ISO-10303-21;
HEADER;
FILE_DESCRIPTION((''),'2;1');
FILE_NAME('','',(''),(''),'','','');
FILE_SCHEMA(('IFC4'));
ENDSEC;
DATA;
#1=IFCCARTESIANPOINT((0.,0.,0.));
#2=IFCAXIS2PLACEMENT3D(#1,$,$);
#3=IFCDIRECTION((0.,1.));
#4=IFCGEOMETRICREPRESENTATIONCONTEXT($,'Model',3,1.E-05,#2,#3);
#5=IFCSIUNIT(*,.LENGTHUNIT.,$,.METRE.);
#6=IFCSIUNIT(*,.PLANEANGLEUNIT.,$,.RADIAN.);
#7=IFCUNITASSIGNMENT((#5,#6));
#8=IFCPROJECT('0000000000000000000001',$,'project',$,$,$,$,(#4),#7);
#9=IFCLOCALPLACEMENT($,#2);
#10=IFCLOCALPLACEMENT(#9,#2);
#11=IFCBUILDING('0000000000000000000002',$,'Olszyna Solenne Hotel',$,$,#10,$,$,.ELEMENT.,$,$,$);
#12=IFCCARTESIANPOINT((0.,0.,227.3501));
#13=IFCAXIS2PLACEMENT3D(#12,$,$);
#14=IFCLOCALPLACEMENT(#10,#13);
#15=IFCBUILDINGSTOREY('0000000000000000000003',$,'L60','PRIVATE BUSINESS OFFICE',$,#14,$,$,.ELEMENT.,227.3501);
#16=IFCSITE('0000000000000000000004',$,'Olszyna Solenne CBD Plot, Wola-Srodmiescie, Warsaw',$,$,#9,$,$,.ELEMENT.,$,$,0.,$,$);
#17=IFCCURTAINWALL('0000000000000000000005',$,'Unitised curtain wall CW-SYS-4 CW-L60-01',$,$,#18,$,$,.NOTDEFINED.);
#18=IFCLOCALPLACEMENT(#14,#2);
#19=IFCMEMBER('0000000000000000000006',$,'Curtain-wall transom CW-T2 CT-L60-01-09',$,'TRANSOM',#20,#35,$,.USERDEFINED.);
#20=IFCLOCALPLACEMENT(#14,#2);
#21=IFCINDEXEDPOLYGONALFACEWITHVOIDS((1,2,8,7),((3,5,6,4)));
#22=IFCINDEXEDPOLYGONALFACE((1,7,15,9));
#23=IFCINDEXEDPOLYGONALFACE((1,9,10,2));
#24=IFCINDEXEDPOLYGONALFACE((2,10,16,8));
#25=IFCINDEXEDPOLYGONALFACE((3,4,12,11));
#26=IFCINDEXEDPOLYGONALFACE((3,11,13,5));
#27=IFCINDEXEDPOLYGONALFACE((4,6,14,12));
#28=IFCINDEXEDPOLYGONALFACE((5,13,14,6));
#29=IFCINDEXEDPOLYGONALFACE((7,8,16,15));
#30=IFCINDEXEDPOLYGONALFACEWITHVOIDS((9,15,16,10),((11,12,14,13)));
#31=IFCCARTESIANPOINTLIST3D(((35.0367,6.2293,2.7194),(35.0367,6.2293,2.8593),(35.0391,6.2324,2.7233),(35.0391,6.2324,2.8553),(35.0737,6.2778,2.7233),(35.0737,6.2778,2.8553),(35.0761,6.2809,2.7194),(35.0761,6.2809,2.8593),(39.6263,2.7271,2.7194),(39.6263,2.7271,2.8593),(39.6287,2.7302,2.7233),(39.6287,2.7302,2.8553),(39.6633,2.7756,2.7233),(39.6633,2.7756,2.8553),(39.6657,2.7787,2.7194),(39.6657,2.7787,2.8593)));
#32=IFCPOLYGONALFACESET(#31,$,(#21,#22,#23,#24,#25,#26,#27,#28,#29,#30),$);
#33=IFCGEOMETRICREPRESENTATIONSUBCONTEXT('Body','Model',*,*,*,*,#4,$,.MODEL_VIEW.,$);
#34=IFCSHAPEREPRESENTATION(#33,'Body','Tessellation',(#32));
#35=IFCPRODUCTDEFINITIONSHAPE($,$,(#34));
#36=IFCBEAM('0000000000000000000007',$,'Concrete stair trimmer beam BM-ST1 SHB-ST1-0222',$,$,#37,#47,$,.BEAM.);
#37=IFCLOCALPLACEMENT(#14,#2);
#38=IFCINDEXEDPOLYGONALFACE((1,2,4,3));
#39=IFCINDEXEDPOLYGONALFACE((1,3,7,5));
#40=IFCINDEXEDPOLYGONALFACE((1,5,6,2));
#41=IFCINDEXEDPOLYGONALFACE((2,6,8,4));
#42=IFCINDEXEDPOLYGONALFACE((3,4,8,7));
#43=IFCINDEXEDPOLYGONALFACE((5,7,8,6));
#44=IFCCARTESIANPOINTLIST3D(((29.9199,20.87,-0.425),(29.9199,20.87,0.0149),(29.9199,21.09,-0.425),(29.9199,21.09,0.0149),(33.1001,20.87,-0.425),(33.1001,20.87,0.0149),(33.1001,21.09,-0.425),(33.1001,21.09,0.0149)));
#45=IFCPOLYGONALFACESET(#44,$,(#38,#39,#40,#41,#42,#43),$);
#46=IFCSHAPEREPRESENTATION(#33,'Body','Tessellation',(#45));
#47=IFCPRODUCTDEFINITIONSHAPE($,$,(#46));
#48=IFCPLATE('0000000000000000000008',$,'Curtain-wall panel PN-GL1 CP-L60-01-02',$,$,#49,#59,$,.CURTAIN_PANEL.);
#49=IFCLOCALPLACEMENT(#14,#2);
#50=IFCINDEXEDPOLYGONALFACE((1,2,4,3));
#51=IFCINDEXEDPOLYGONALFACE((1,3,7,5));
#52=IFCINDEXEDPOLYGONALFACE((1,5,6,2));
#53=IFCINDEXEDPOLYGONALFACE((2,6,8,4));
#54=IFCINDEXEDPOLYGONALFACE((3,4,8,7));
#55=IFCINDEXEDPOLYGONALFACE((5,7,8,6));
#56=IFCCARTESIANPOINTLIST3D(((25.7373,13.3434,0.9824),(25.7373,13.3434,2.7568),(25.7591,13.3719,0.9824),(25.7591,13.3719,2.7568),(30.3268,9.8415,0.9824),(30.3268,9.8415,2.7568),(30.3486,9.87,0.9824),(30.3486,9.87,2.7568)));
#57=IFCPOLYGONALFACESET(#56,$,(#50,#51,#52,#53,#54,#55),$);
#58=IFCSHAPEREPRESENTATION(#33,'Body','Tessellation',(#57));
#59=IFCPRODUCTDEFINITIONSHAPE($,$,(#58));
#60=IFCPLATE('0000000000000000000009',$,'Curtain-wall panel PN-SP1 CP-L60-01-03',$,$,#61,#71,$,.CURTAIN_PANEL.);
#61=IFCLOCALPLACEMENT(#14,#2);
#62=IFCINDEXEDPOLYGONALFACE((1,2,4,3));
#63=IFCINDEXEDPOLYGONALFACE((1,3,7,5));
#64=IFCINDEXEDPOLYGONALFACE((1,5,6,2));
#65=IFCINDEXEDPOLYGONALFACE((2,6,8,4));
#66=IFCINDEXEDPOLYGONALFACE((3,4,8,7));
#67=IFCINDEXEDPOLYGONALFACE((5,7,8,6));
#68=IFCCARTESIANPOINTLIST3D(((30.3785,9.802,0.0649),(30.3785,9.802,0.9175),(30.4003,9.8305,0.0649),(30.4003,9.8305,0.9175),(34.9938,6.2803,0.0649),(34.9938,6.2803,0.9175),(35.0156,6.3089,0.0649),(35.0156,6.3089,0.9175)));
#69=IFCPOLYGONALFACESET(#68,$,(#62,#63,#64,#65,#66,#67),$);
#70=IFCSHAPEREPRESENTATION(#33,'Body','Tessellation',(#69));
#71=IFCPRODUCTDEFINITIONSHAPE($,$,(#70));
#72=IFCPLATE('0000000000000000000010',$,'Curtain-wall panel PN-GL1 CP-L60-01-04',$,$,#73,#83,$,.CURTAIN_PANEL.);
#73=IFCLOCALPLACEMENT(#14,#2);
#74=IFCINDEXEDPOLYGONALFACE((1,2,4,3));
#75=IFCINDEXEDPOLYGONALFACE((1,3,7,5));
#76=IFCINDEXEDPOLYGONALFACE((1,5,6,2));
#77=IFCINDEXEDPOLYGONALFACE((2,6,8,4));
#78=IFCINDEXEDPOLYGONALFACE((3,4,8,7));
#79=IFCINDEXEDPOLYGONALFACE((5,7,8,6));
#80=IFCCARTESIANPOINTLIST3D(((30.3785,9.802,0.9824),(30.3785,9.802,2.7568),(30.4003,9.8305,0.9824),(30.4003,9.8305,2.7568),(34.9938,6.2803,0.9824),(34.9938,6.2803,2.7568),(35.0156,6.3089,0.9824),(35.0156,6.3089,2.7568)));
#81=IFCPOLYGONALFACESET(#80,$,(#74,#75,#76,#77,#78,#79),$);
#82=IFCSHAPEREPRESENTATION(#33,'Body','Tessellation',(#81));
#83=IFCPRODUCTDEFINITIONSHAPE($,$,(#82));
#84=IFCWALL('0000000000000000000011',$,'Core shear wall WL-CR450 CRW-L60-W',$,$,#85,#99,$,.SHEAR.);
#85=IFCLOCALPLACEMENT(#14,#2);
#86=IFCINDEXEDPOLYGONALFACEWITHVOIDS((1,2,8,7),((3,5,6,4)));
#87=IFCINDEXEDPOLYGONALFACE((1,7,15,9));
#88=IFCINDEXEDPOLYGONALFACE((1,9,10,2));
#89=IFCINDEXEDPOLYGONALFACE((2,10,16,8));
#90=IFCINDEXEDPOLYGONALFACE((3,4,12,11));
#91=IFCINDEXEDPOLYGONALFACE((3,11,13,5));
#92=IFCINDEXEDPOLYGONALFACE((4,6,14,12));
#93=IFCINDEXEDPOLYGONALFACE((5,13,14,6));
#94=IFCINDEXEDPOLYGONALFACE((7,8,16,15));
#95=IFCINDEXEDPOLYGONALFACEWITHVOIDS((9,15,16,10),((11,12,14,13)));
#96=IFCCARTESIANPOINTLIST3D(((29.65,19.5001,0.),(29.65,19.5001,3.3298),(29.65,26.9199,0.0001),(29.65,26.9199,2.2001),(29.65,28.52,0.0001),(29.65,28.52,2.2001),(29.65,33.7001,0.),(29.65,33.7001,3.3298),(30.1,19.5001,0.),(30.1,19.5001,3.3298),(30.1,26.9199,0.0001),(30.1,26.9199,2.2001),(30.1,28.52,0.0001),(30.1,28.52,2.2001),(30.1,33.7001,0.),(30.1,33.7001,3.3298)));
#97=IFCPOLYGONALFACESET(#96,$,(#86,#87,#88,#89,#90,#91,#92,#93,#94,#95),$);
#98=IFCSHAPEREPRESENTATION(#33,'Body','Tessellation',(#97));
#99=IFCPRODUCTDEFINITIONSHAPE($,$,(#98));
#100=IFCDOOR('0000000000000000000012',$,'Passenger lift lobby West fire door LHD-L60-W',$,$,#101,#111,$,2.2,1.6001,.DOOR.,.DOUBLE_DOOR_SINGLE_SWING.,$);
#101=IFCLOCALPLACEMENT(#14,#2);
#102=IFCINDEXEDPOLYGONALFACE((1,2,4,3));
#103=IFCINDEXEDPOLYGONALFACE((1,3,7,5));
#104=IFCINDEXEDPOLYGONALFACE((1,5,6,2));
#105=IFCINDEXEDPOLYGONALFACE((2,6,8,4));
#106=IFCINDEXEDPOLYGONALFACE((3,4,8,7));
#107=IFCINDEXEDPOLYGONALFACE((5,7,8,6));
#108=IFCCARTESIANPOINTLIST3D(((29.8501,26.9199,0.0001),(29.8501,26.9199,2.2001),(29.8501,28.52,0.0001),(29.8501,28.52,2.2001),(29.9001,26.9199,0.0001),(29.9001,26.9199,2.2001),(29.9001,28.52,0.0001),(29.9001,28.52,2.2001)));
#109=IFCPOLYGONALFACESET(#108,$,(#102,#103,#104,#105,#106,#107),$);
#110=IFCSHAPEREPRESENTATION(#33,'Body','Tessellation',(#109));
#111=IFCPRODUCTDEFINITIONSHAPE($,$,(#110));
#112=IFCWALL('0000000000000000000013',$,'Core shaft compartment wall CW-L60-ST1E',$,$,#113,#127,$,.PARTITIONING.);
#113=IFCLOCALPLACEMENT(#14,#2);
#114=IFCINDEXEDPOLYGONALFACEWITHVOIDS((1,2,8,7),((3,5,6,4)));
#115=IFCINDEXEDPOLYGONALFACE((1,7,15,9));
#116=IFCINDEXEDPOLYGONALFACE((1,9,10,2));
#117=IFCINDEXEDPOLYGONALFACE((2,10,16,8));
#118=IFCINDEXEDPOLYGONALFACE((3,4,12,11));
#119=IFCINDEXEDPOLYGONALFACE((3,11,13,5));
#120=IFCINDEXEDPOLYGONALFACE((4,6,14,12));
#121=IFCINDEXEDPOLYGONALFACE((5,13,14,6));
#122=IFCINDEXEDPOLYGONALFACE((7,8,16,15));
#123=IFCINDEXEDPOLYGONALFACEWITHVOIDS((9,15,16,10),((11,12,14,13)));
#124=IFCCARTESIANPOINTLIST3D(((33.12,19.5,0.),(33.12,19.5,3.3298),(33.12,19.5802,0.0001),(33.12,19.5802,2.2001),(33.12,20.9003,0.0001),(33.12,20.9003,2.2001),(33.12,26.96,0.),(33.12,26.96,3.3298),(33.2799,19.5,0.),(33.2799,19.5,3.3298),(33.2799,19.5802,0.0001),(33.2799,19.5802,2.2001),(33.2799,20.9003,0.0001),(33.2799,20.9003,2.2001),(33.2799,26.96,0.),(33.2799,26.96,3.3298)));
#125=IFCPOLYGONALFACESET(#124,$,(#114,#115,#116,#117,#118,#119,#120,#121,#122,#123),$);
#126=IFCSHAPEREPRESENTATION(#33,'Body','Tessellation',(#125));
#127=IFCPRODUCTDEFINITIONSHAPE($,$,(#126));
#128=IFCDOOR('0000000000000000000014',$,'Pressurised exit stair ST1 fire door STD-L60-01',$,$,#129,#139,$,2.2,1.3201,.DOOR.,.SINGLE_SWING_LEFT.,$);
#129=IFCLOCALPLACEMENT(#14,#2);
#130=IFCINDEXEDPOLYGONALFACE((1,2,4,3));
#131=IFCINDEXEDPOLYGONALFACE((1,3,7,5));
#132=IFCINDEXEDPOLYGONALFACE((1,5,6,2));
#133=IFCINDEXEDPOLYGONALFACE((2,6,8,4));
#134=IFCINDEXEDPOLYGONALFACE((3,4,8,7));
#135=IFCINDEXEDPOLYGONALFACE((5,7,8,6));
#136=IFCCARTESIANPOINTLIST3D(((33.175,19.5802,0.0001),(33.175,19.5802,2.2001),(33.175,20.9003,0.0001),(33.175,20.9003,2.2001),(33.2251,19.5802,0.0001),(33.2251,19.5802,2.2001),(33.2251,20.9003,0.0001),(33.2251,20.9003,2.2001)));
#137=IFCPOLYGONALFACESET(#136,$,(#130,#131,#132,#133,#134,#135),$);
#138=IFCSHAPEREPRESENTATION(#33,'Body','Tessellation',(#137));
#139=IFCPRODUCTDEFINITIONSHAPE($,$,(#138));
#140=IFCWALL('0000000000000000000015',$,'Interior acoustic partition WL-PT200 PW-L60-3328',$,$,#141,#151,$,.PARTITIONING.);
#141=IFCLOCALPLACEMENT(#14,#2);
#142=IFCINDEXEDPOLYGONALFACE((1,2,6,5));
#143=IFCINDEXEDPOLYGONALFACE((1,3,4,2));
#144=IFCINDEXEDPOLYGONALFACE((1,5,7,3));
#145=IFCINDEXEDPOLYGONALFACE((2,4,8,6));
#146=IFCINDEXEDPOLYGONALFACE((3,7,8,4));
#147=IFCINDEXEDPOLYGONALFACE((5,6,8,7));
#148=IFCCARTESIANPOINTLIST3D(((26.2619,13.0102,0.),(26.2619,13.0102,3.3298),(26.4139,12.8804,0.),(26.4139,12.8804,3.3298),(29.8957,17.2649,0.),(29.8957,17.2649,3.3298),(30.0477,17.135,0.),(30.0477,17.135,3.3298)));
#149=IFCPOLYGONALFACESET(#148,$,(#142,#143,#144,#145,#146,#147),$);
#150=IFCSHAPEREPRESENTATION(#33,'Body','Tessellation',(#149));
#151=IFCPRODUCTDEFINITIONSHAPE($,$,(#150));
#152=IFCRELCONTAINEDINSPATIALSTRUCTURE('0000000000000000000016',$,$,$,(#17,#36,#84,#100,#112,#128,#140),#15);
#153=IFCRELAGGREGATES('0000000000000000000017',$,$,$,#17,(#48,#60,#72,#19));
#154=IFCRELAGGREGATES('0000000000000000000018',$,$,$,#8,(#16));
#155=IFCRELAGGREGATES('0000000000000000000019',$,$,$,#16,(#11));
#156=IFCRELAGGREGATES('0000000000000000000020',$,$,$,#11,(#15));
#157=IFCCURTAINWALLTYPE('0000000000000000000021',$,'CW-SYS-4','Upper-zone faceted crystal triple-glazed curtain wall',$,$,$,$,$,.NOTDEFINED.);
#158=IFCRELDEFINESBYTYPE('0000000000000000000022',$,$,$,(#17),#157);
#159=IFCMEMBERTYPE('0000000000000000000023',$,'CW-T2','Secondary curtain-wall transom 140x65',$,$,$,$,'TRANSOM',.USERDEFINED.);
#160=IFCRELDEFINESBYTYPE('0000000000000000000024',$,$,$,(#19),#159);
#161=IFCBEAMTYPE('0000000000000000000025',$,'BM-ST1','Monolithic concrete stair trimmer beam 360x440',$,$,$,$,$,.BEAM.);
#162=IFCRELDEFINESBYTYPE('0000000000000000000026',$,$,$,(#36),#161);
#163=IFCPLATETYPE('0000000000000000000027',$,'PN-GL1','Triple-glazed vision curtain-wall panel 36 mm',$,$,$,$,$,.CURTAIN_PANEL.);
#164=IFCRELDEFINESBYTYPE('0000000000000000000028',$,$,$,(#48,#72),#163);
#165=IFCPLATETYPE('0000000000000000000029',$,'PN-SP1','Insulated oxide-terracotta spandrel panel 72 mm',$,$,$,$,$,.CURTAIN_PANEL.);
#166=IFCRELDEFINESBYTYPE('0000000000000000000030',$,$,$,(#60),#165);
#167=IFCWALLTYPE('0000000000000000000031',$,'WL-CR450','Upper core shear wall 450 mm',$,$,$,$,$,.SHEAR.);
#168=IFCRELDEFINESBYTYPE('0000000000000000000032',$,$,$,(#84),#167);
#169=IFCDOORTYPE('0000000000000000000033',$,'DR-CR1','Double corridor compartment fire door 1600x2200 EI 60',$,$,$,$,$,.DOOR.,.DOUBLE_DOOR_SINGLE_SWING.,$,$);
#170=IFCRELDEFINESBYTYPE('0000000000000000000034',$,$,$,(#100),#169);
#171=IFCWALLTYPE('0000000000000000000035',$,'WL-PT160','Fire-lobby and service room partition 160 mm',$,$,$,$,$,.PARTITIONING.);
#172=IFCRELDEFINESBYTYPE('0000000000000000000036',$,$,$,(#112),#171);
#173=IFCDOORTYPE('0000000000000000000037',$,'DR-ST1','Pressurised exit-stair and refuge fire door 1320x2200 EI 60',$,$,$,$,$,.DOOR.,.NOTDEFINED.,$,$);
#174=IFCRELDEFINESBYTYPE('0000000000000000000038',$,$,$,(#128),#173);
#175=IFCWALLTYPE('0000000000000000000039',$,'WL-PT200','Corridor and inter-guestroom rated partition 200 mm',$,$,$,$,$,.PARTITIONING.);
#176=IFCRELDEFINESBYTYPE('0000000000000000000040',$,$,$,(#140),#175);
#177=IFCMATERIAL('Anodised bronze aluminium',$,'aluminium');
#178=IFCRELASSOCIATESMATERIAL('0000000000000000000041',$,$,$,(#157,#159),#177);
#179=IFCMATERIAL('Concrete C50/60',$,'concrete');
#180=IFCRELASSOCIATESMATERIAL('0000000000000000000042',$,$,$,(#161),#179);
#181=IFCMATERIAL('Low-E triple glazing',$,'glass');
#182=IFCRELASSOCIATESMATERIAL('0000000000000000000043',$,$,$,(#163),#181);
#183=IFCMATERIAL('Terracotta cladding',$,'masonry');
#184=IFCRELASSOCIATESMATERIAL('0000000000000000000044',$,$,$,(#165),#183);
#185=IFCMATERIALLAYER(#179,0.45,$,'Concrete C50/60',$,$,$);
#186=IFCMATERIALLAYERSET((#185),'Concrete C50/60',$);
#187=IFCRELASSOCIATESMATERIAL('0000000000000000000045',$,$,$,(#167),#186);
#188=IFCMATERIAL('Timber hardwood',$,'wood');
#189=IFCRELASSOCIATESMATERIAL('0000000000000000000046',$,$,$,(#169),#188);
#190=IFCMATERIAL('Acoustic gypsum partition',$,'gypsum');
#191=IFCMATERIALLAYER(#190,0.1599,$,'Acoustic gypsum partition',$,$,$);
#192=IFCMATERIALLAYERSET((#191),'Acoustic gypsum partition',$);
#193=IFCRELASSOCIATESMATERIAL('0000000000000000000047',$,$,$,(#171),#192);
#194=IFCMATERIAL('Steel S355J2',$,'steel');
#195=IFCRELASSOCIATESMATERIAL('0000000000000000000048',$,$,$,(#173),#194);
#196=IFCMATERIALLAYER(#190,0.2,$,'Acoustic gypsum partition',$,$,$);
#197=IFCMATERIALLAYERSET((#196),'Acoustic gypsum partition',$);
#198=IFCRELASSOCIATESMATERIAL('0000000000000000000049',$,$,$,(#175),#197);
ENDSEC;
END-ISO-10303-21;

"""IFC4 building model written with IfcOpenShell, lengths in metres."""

from ifc_helpers import new_model, si_unit, direction, frame, frame_2d, origin, origin_2d, place, context, subcontext, project, spatial, rectangle, hollow_rectangle, extrude, source, transform, mapped, material, layer, layer_set, material_profile, profile_set, type_object, type_shapes, element, fill, aggregate, save


model = new_model("IFC4")

# Units and contexts
model_context = context("Model", 3, precision=1e-05, world=origin(), true_north=direction((0.0, 1.0)))
body_context = subcontext(model_context, "Body", "Model", "MODEL_VIEW")
ifc_project = project(units=[si_unit("LENGTHUNIT", "METRE"), si_unit("PLANEANGLEUNIT", "RADIAN")], contexts=[model_context])

# Site, building, storey
site_placement = place(None, origin())
site = spatial("IfcSite", under=ifc_project, at=site_placement, Name="Olszyna Solenne CBD Plot, Wola-Srodmiescie, Warsaw", CompositionType="ELEMENT", RefElevation=0.0)
building_placement = place(site_placement, origin())
building = spatial("IfcBuilding", under=site, at=building_placement, Name="Olszyna Solenne Hotel", CompositionType="ELEMENT")
storey_placement = place(building_placement, frame((0.0, 0.0, 227.3501)))
storey = spatial("IfcBuildingStorey", under=building, at=storey_placement, Name="L60", Description="PRIVATE BUSINESS OFFICE", CompositionType="ELEMENT", Elevation=227.3501)

# Shared definitions
ifc_material_1 = material(Name="Steel S355J2", Category="steel")

# Curtain wall, member
ifc_material_2 = material(Name="Anodised bronze aluminium", Category="aluminium")
curtain_wall_type = type_object("IfcCurtainWallType", Name="CW-SYS-4", Description="Upper-zone faceted crystal triple-glazed curtain wall", PredefinedType="NOTDEFINED", material=ifc_material_2)
curtain_wall_placement = place(storey_placement, origin())
curtain_wall = element("IfcCurtainWall", 1, at=curtain_wall_placement, inside=storey, type_object=curtain_wall_type, Name="Unitised curtain wall CW-SYS-4 CW-L60-01", PredefinedType="NOTDEFINED")
ifc_material_profile_1 = material_profile(ifc_material_2, hollow_rectangle(XDim=0.0649, YDim=0.1399, WallThickness=0.0039, at=origin_2d()), Name="TRAN 140x65x4", Category="load-bearing")
ifc_profile_set_1 = profile_set([ifc_material_profile_1], Name="Anodised bronze aluminium")
member_type_1 = type_object("IfcMemberType", Name="CW-T2", Description="Secondary curtain-wall transom 140x65", ElementType="TRANSOM", PredefinedType="USERDEFINED", material=ifc_profile_set_1)
shared_shape_1 = source(origin(), body_context, "Body", "SweptSolid", [
    extrude(hollow_rectangle(XDim=0.0649, YDim=0.1399, WallThickness=0.0039, at=origin_2d()), origin(), (0.0, 0.0, 1.0), 5.7732),
])
member_1_placement = place(storey_placement, frame((35.0564, 6.2551, 2.7893), z_axis=(0.794984, -0.60663, 0.0), x_axis=(0.60663, 0.794984, 0.0)))
member_1 = element("IfcMember", 2, at=member_1_placement, type_object=member_type_1, Name="Curtain-wall transom CW-T2 CT-L60-01-09", ObjectType="TRANSOM", PredefinedType="USERDEFINED", context=body_context, shape_type="MappedRepresentation", body=[
    mapped(shared_shape_1, transform((0.0, 0.0, 0.0), x_axis=(1.0, 0.0, 0.0), y_axis=(0.0, 1.0, 0.0), z_axis=(0.0, 0.0, 1.0), scale=1.0)),
])

# Beam
ifc_material_3 = material(Name="Concrete C50/60", Category="concrete")
ifc_material_profile_2 = material_profile(ifc_material_3, rectangle(XDim=0.22, YDim=0.4399, at=origin_2d()), Name="RC 220x440", Category="load-bearing")
ifc_profile_set_2 = profile_set([ifc_material_profile_2], Name="Concrete C50/60")
beam_type_1 = type_object("IfcBeamType", Name="BM-ST1", Description="Monolithic concrete stair trimmer beam 360x440", PredefinedType="BEAM", material=ifc_profile_set_2)
shared_shape_2 = source(origin(), body_context, "Body", "SweptSolid", [
    extrude(rectangle(XDim=0.22, YDim=0.4399, at=origin_2d()), origin(), (0.0, 0.0, 1.0), 3.1802),
])
beam_1_placement = place(storey_placement, frame((33.1001, 20.98, -0.2051), z_axis=(-1.0, 0.0, 0.0), x_axis=(0.0, -1.0, 0.0)))
element("IfcBeam", 3, at=beam_1_placement, inside=storey, type_object=beam_type_1, Name="Concrete stair trimmer beam BM-ST1 SHB-ST1-0222", PredefinedType="BEAM", context=body_context, shape_type="MappedRepresentation", body=[
    mapped(shared_shape_2, transform((0.0, 0.0, 0.0), x_axis=(1.0, 0.0, 0.0), y_axis=(0.0, 1.0, 0.0), z_axis=(0.0, 0.0, 1.0), scale=1.0)),
])

# Plates
ifc_material_4 = material(Name="Low-E triple glazing", Category="glass")
plate_type_1 = type_object("IfcPlateType", Name="PN-GL1", Description="Triple-glazed vision curtain-wall panel 36 mm", PredefinedType="CURTAIN_PANEL", material=ifc_material_4)
shared_shape_3 = source(origin(), body_context, "Body", "SweptSolid", [
    extrude(rectangle(XDim=5.7729, YDim=0.0359, at=origin_2d()), origin(), (0.0, 0.0, 1.0), 1.7744),
])
plate_1_placement = place(storey_placement, frame((28.043, 11.6067, 0.9824), z_axis=(0.0, 0.0, 1.0), x_axis=(0.794999, -0.606611, 0.0)))
plate_1 = element("IfcPlate", 4, at=plate_1_placement, type_object=plate_type_1, Name="Curtain-wall panel PN-GL1 CP-L60-01-02", PredefinedType="CURTAIN_PANEL", context=body_context, shape_type="MappedRepresentation", body=[
    mapped(shared_shape_3, transform((0.0, 0.0, 0.0), x_axis=(1.0, 0.0, 0.0), y_axis=(0.0, 1.0, 0.0), z_axis=(0.0, 0.0, 1.0), scale=1.0)),
])
ifc_material_5 = material(Name="Terracotta cladding", Category="masonry")
plate_type_2 = type_object("IfcPlateType", Name="PN-SP1", Description="Insulated oxide-terracotta spandrel panel 72 mm", PredefinedType="CURTAIN_PANEL", material=ifc_material_5)
shared_shape_4 = source(origin(), body_context, "Body", "SweptSolid", [
    extrude(rectangle(XDim=5.8054, YDim=0.0359, at=origin_2d()), origin(), (0.0, 0.0, 1.0), 0.8525),
])
plate_2_placement = place(storey_placement, frame((32.697, 8.0554, 0.0649), z_axis=(0.0, 0.0, 1.0), x_axis=(0.794999, -0.606611, 0.0)))
plate_2 = element("IfcPlate", 5, at=plate_2_placement, type_object=plate_type_2, Name="Curtain-wall panel PN-SP1 CP-L60-01-03", PredefinedType="CURTAIN_PANEL", context=body_context, shape_type="MappedRepresentation", body=[
    mapped(shared_shape_4, transform((0.0, 0.0, 0.0), x_axis=(1.0, 0.0, 0.0), y_axis=(0.0, 1.0, 0.0), z_axis=(0.0, 0.0, 1.0), scale=1.0)),
])
shared_shape_5 = source(origin(), body_context, "Body", "SweptSolid", [
    extrude(rectangle(XDim=5.8054, YDim=0.0359, at=origin_2d()), origin(), (0.0, 0.0, 1.0), 1.7744),
])
plate_3_placement = place(storey_placement, frame((32.697, 8.0554, 0.9824), z_axis=(0.0, 0.0, 1.0), x_axis=(0.794999, -0.606611, 0.0)))
plate_3 = element("IfcPlate", 6, at=plate_3_placement, type_object=plate_type_1, Name="Curtain-wall panel PN-GL1 CP-L60-01-04", PredefinedType="CURTAIN_PANEL", context=body_context, shape_type="MappedRepresentation", body=[
    mapped(shared_shape_5, transform((0.0, 0.0, 0.0), x_axis=(1.0, 0.0, 0.0), y_axis=(0.0, 1.0, 0.0), z_axis=(0.0, 0.0, 1.0), scale=1.0)),
])
aggregate(curtain_wall, [plate_1, plate_2, plate_3, member_1])

# Walls, openings, doors
ifc_layer_1 = layer(ifc_material_3, 0.45, Name="Concrete C50/60")
ifc_layer_set_1 = layer_set([ifc_layer_1], Name="Concrete C50/60")
wall_type_1 = type_object("IfcWallType", Name="WL-CR450", Description="Upper core shear wall 450 mm", PredefinedType="SHEAR", material=ifc_layer_set_1)
wall_1_placement = place(storey_placement, frame((29.875, 19.5, 0.0), z_axis=(0.0, 0.0, 1.0), x_axis=(0.0, 1.0, 0.0)))
wall_1 = element("IfcWall", 7, at=wall_1_placement, inside=storey, type_object=wall_type_1, Name="Core shear wall WL-CR450 CRW-L60-W", PredefinedType="SHEAR", context=body_context, shape_type="SweptSolid", body=[
    extrude(rectangle(XDim=14.2, YDim=0.45, at=frame_2d((7.1001, 0.0))), origin(), (0.0, 0.0, 1.0), 3.3298),
])
opening_1_placement = place(wall_1_placement, frame((7.4199, 0.0, 0.0)))
opening_1 = element("IfcOpeningElement", 8, at=opening_1_placement, cuts=wall_1, PredefinedType="OPENING", context=body_context, shape_type="SweptSolid", body=[
    extrude(rectangle(XDim=1.6001, YDim=2.2, at=frame_2d((0.8, 1.1001))), frame((0.0, 0.2349, 0.0), z_axis=(0.0, -1.0, 0.0), x_axis=(1.0, 0.0, 0.0)), (0.0, 0.0, 1.0), 0.47),
])
ifc_material_6 = material(Name="Timber hardwood", Category="wood")
door_type_1 = type_object("IfcDoorType", Name="DR-CR1", Description="Double corridor compartment fire door 1600x2200 EI 60", OperationType="DOUBLE_DOOR_SINGLE_SWING", PredefinedType="DOOR", material=ifc_material_6)
shared_shape_6 = source(origin(), body_context, "Body", "SweptSolid", [
    extrude(rectangle(XDim=1.6001, YDim=2.2, at=frame_2d((0.8, 1.1001))), frame((0.0, 0.0249, 0.0), z_axis=(0.0, -1.0, 0.0), x_axis=(1.0, 0.0, 0.0)), (0.0, 0.0, 1.0), 0.05),
])
type_shapes(door_type_1, [shared_shape_6])
door_1_placement = place(opening_1_placement, origin())
door_1 = element("IfcDoor", 9, at=door_1_placement, inside=storey, type_object=door_type_1, Name="Passenger lift lobby West fire door LHD-L60-W", OperationType="DOUBLE_DOOR_SINGLE_SWING", OverallHeight=2.2, OverallWidth=1.6001, PredefinedType="DOOR", context=body_context, shape_type="MappedRepresentation", body=[
    mapped(shared_shape_6, transform((0.0, 0.0, 0.0), x_axis=(1.0, 0.0, 0.0), y_axis=(0.0, 1.0, 0.0), z_axis=(0.0, 0.0, 1.0), scale=1.0)),
])
fill(opening_1, door_1)
ifc_material_7 = material(Name="Acoustic gypsum partition", Category="gypsum")
ifc_layer_2 = layer(ifc_material_7, 0.1599, Name="Acoustic gypsum partition")
ifc_layer_set_2 = layer_set([ifc_layer_2], Name="Acoustic gypsum partition")
wall_type_2 = type_object("IfcWallType", Name="WL-PT160", Description="Fire-lobby and service room partition 160 mm", PredefinedType="PARTITIONING", material=ifc_layer_set_2)
wall_2_placement = place(storey_placement, frame((33.2, 19.5, 0.0), z_axis=(0.0, 0.0, 1.0), x_axis=(0.0, 1.0, 0.0)))
wall_2 = element("IfcWall", 10, at=wall_2_placement, inside=storey, type_object=wall_type_2, Name="Core shaft compartment wall CW-L60-ST1E", PredefinedType="PARTITIONING", context=body_context, shape_type="SweptSolid", body=[
    extrude(rectangle(XDim=7.46, YDim=0.1599, at=frame_2d((3.73, 0.0))), origin(), (0.0, 0.0, 1.0), 3.3298),
])
opening_2_placement = place(wall_2_placement, frame((0.0801, 0.0, 0.0)))
opening_2 = element("IfcOpeningElement", 11, at=opening_2_placement, cuts=wall_2, PredefinedType="OPENING", context=body_context, shape_type="SweptSolid", body=[
    extrude(rectangle(XDim=1.3201, YDim=2.2, at=frame_2d((0.6602, 1.1001))), frame((0.0, 0.0898, 0.0), z_axis=(0.0, -1.0, 0.0), x_axis=(1.0, 0.0, 0.0)), (0.0, 0.0, 1.0), 0.1799),
])
door_type_2 = type_object("IfcDoorType", Name="DR-ST1", Description="Pressurised exit-stair and refuge fire door 1320x2200 EI 60", OperationType="NOTDEFINED", PredefinedType="DOOR", material=ifc_material_1)
shared_shape_7 = source(origin(), body_context, "Body", "SweptSolid", [
    extrude(rectangle(XDim=1.3201, YDim=2.2, at=frame_2d((0.6602, 1.1001))), frame((0.0, 0.0249, 0.0), z_axis=(0.0, -1.0, 0.0), x_axis=(1.0, 0.0, 0.0)), (0.0, 0.0, 1.0), 0.05),
])
type_shapes(door_type_2, [shared_shape_7])
door_2_placement = place(opening_2_placement, origin())
door_2 = element("IfcDoor", 12, at=door_2_placement, inside=storey, type_object=door_type_2, Name="Pressurised exit stair ST1 fire door STD-L60-01", OperationType="SINGLE_SWING_LEFT", OverallHeight=2.2, OverallWidth=1.3201, PredefinedType="DOOR", context=body_context, shape_type="MappedRepresentation", body=[
    mapped(shared_shape_7, transform((0.0, 0.0, 0.0), x_axis=(1.0, 0.0, 0.0), y_axis=(0.0, 1.0, 0.0), z_axis=(0.0, 0.0, 1.0), scale=1.0)),
])
fill(opening_2, door_2)

# Wall
ifc_layer_3 = layer(ifc_material_7, 0.2, Name="Acoustic gypsum partition")
ifc_layer_set_3 = layer_set([ifc_layer_3], Name="Acoustic gypsum partition")
wall_type_3 = type_object("IfcWallType", Name="WL-PT200", Description="Corridor and inter-guestroom rated partition 200 mm", PredefinedType="PARTITIONING", material=ifc_layer_set_3)
wall_3_placement = place(storey_placement, frame((29.9717, 17.2, 0.0), z_axis=(0.0, 0.0, 1.0), x_axis=(-0.649446, -0.760407, 0.0)))
element("IfcWall", 13, at=wall_3_placement, inside=storey, type_object=wall_type_3, Name="Interior acoustic partition WL-PT200 PW-L60-3328", PredefinedType="PARTITIONING", context=body_context, shape_type="SweptSolid", body=[
    extrude(rectangle(XDim=5.5952, YDim=0.2, at=frame_2d((2.7976, 0.0))), origin(), (0.0, 0.0, 1.0), 3.3298),
])

save(model, "model.ifc")
